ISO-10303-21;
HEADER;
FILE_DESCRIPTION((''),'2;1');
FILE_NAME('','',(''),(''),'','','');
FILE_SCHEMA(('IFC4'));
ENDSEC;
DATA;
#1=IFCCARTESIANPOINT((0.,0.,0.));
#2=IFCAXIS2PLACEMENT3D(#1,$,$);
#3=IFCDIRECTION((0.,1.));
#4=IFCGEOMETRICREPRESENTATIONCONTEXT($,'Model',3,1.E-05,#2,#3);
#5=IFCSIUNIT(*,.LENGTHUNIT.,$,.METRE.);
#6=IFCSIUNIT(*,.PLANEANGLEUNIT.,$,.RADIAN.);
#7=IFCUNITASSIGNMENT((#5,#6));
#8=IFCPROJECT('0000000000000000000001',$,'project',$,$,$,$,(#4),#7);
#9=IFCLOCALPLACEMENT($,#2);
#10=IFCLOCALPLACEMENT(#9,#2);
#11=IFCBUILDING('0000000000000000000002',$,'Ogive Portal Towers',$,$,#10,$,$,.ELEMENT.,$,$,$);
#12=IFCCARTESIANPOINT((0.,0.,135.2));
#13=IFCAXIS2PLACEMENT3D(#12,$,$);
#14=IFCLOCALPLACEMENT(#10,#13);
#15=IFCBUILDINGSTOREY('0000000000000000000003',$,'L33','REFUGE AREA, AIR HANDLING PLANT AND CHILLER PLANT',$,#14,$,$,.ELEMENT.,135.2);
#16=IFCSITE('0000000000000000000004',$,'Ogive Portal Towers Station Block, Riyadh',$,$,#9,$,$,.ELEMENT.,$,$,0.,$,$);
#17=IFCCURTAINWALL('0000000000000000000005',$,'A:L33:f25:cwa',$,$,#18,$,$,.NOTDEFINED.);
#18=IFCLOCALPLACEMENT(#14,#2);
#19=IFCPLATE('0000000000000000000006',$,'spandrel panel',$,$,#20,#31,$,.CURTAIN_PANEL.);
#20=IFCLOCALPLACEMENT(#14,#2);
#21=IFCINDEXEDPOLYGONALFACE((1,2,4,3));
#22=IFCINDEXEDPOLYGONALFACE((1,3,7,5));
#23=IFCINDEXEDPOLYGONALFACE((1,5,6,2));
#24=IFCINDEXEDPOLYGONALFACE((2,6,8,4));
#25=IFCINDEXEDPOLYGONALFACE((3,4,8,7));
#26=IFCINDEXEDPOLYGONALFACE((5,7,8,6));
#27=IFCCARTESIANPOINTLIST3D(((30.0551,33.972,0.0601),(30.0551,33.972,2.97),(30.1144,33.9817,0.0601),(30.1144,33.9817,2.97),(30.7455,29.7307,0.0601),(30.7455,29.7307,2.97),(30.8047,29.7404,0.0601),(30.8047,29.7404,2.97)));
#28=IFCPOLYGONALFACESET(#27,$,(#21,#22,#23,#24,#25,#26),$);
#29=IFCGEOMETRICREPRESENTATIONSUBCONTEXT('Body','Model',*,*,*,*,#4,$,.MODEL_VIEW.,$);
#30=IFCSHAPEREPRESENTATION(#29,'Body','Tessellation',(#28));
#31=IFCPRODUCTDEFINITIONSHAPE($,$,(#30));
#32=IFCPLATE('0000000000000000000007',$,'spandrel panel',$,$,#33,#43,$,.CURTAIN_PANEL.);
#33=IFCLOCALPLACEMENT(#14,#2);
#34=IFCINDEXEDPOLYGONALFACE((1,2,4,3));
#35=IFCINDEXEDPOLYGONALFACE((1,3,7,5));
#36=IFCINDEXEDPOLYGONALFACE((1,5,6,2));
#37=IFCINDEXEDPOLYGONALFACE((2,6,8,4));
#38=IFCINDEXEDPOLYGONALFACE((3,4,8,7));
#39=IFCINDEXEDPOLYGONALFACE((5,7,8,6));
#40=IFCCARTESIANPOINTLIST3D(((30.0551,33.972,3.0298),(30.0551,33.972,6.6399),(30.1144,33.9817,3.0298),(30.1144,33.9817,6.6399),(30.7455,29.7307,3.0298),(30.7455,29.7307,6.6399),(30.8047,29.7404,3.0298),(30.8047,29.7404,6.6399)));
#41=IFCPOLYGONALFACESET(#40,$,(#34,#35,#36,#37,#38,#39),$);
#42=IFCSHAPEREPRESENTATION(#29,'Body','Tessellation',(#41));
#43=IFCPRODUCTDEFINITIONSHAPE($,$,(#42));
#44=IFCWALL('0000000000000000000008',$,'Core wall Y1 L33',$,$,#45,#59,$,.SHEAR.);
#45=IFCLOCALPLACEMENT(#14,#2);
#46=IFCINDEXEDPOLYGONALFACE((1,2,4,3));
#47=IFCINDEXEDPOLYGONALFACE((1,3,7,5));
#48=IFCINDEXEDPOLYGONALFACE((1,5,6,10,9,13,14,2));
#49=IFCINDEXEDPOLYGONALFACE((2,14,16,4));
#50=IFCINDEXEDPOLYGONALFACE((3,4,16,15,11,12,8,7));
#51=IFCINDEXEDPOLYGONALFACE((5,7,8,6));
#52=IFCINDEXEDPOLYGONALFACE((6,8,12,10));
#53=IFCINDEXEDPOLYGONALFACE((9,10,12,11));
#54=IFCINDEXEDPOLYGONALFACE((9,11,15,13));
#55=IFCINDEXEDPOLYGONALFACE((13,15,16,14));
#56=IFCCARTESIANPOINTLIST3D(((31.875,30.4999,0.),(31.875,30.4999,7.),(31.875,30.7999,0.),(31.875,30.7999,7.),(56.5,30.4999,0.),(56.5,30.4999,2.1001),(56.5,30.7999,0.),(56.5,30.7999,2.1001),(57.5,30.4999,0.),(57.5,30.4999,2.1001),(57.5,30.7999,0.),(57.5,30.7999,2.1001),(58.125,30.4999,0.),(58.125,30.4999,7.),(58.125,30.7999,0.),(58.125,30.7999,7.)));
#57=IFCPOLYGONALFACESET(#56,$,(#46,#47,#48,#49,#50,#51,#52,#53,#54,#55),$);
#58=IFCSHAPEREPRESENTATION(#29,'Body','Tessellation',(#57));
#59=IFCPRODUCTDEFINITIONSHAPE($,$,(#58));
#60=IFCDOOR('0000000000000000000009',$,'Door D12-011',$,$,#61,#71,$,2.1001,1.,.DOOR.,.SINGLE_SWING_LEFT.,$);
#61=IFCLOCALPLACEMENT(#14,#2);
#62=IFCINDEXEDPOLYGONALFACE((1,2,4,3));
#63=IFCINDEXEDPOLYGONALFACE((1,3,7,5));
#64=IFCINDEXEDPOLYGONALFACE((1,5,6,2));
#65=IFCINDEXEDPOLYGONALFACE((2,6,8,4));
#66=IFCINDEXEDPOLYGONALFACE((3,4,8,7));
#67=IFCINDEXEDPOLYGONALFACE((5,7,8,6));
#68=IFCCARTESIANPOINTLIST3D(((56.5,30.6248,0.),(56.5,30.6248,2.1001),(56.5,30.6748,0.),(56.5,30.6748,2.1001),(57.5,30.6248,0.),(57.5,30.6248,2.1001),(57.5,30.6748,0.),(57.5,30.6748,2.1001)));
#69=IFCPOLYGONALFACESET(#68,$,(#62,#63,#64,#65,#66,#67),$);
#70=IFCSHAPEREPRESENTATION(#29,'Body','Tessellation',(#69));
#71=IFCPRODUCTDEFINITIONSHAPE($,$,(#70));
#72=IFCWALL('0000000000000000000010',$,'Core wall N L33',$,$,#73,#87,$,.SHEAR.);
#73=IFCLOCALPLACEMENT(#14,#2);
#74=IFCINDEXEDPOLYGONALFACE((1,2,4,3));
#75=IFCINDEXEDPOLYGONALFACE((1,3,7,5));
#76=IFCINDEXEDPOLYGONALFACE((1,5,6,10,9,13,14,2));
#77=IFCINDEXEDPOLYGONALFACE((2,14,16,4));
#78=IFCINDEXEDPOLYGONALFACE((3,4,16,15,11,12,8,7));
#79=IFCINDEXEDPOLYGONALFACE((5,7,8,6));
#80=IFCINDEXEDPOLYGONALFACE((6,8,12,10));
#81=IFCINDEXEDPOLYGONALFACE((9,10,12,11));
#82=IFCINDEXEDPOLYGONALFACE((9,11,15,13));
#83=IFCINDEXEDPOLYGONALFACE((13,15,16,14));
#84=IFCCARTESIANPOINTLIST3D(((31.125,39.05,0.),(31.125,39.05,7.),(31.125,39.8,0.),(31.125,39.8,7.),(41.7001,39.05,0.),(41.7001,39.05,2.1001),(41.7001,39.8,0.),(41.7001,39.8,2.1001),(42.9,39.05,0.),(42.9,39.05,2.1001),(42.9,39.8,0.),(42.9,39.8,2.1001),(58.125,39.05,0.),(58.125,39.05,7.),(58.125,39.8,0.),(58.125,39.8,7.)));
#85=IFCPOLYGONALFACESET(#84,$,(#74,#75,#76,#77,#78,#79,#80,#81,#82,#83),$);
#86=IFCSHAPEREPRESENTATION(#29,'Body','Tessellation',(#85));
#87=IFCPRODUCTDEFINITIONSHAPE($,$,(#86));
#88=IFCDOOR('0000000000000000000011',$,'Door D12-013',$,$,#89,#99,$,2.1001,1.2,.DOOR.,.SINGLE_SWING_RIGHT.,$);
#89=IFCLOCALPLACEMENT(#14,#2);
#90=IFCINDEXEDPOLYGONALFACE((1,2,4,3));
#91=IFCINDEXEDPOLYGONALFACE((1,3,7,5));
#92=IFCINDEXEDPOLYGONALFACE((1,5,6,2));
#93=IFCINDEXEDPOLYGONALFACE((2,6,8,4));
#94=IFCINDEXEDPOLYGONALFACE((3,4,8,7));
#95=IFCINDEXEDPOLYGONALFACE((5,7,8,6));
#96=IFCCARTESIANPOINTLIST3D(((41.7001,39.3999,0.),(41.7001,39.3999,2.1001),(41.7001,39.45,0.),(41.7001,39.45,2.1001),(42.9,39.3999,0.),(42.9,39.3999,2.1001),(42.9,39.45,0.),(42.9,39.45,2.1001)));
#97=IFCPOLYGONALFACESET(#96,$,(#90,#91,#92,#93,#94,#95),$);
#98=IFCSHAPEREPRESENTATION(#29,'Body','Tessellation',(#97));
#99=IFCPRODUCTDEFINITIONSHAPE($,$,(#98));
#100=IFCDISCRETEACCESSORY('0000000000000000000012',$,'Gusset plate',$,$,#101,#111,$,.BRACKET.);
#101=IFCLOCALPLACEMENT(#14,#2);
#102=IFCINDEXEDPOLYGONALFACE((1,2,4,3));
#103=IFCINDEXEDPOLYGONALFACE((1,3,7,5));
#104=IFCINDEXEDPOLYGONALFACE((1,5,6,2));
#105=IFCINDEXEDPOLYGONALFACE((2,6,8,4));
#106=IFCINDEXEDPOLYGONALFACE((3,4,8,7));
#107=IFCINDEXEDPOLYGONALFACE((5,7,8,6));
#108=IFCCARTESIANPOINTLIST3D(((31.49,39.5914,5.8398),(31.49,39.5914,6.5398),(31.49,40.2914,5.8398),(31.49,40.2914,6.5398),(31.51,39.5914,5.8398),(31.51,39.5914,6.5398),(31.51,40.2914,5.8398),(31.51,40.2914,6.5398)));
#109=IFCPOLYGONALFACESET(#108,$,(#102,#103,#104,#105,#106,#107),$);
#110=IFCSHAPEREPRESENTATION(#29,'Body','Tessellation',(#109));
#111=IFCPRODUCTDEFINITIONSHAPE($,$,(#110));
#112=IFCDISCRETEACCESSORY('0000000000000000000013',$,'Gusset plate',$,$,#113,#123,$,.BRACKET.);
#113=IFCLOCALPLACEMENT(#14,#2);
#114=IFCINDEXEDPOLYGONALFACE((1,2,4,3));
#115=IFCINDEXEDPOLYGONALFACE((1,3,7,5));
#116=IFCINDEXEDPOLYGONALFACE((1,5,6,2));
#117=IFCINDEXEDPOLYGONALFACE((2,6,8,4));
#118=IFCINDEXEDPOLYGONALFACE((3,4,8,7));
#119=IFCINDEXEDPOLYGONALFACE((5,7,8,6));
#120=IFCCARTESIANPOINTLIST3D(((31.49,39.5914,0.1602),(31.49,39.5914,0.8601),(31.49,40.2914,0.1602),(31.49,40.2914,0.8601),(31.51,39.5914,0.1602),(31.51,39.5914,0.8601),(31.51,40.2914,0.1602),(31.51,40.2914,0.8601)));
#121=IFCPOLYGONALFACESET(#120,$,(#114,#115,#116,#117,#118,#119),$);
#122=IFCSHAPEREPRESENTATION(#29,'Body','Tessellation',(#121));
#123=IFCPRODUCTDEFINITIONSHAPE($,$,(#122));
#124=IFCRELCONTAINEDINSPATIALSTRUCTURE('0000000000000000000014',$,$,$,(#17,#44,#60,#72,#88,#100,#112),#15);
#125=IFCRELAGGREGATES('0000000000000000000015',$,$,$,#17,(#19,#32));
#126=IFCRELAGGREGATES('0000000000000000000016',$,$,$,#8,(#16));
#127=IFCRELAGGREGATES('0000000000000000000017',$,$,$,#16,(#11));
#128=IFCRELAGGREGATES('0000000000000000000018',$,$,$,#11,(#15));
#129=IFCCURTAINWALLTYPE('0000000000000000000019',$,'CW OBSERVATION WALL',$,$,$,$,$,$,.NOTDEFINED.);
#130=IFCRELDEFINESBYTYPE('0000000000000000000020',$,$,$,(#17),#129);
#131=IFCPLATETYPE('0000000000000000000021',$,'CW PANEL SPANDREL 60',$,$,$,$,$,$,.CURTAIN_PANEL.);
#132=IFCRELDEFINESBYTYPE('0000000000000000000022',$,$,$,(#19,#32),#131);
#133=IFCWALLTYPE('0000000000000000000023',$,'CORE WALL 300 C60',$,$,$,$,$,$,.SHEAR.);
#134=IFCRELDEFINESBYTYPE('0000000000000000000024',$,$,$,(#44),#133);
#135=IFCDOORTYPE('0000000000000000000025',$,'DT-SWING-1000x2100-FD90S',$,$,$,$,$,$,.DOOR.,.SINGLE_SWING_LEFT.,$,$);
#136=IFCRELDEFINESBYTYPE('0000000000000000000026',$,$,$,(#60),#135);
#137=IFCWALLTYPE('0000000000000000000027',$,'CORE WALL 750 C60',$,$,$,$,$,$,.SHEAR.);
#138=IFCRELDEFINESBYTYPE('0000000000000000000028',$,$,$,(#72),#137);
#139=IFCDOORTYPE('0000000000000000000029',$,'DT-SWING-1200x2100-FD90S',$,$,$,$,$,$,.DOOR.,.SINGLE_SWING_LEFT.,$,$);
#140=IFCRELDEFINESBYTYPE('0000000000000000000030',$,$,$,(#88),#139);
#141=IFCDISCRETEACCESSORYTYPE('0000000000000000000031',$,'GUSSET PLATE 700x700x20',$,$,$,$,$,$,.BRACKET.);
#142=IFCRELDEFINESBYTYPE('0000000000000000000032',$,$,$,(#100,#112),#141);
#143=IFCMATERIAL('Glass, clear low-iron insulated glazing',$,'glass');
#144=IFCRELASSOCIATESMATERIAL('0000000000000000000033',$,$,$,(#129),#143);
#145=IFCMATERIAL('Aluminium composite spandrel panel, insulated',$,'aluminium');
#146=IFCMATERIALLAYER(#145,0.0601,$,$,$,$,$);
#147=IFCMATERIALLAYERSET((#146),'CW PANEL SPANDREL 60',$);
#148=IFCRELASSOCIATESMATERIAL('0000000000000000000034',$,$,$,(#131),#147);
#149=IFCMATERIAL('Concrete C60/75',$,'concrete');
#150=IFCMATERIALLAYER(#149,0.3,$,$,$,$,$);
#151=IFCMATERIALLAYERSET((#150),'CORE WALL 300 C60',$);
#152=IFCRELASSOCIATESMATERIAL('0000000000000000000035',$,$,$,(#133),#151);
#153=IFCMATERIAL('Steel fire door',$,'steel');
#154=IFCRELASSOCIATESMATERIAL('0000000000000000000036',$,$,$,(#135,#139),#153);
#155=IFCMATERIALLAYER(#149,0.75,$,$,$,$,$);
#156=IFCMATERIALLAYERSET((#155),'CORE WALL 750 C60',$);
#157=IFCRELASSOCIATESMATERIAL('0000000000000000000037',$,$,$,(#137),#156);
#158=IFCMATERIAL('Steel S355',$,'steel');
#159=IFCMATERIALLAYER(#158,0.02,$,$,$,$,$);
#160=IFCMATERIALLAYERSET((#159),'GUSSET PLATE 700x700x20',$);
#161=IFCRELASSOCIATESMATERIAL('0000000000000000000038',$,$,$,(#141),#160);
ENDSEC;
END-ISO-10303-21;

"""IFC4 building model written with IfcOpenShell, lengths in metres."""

from ifc_helpers import new_model, si_unit, direction, frame, frame_2d, origin, origin_2d, place, context, subcontext, project, spatial, rectangle, extrude, material, layer, layer_set, type_object, element, fill, aggregate, save


model = new_model("IFC4")

# Units and contexts
model_context = context("Model", 3, precision=1e-05, world=origin(), true_north=direction((0.0, 1.0)))
body_context = subcontext(model_context, "Body", "Model", "MODEL_VIEW")
ifc_project = project(units=[si_unit("LENGTHUNIT", "METRE"), si_unit("PLANEANGLEUNIT", "RADIAN")], contexts=[model_context])

# Site, building, storey
site_placement = place(None, origin())
site = spatial("IfcSite", under=ifc_project, at=site_placement, Name="Ogive Portal Towers Station Block, Riyadh", CompositionType="ELEMENT", RefElevation=0.0)
building_placement = place(site_placement, origin())
building = spatial("IfcBuilding", under=site, at=building_placement, Name="Ogive Portal Towers", CompositionType="ELEMENT")
storey_placement = place(building_placement, frame((0.0, 0.0, 135.2)))
storey = spatial("IfcBuildingStorey", under=building, at=storey_placement, Name="L33", Description="REFUGE AREA, AIR HANDLING PLANT AND CHILLER PLANT", CompositionType="ELEMENT", Elevation=135.2)

# Shared definitions
ifc_material_1 = material(Name="Glass, clear low-iron insulated glazing", Category="glass")
curtain_wall_type = type_object("IfcCurtainWallType", Name="CW OBSERVATION WALL", PredefinedType="NOTDEFINED", material=ifc_material_1)

# Curtain wall
curtain_wall_1_placement = place(storey_placement, origin())
curtain_wall_1 = element("IfcCurtainWall", 1, at=curtain_wall_1_placement, inside=storey, type_object=curtain_wall_type, Name="A:L33:f25:cwa", PredefinedType="NOTDEFINED")

# Plates
ifc_material_2 = material(Name="Aluminium composite spandrel panel, insulated", Category="aluminium")
ifc_layer_1 = layer(ifc_material_2, 0.0601)
ifc_layer_set_1 = layer_set([ifc_layer_1], Name="CW PANEL SPANDREL 60")
plate_type_1 = type_object("IfcPlateType", Name="CW PANEL SPANDREL 60", PredefinedType="CURTAIN_PANEL", material=ifc_layer_set_1)
plate_1_placement = place(storey_placement, frame((30.4299, 31.8562, 0.0601), z_axis=(0.0, 0.0, 1.0), x_axis=(0.160655, -0.987011, 0.0)))
plate_1 = element("IfcPlate", 2, at=plate_1_placement, type_object=plate_type_1, Name="spandrel panel", PredefinedType="CURTAIN_PANEL", context=body_context, shape_type="SweptSolid", body=[
    extrude(rectangle(XDim=4.2971, YDim=0.0601, at=origin_2d()), origin(), (0.0, 0.0, 1.0), 2.9099),
])
plate_2_placement = place(storey_placement, frame((30.4299, 31.8562, 3.0298), z_axis=(0.0, 0.0, 1.0), x_axis=(0.160655, -0.987011, 0.0)))
plate_2 = element("IfcPlate", 3, at=plate_2_placement, type_object=plate_type_1, Name="spandrel panel", PredefinedType="CURTAIN_PANEL", context=body_context, shape_type="SweptSolid", body=[
    extrude(rectangle(XDim=4.2971, YDim=0.0601, at=origin_2d()), origin(), (0.0, 0.0, 1.0), 3.6101),
])
aggregate(curtain_wall_1, [plate_1, plate_2])

# Walls, openings, doors
ifc_material_3 = material(Name="Concrete C60/75", Category="concrete")
ifc_layer_2 = layer(ifc_material_3, 0.3)
ifc_layer_set_2 = layer_set([ifc_layer_2], Name="CORE WALL 300 C60")
wall_type_1 = type_object("IfcWallType", Name="CORE WALL 300 C60", PredefinedType="SHEAR", material=ifc_layer_set_2)
wall_1_placement = place(storey_placement, frame((31.875, 30.6499, 0.0), z_axis=(0.0, 0.0, 1.0), x_axis=(1.0, 0.0, 0.0)))
wall_1 = element("IfcWall", 4, at=wall_1_placement, inside=storey, type_object=wall_type_1, Name="Core wall Y1 L33", PredefinedType="SHEAR", context=body_context, shape_type="SweptSolid", body=[
    extrude(rectangle(XDim=26.25, YDim=0.3, at=frame_2d((13.125, 0.0))), origin(), (0.0, 0.0, 1.0), 7.0),
])
opening_1_placement = place(wall_1_placement, frame((24.625, 0.0, 0.0)))
opening_1 = element("IfcOpeningElement", 5, at=opening_1_placement, cuts=wall_1, PredefinedType="OPENING", context=body_context, shape_type="SweptSolid", body=[
    extrude(rectangle(XDim=1.0, YDim=2.1001, at=frame_2d((0.5, 1.05))), frame((0.0, 0.1602, 0.0), z_axis=(0.0, -1.0, 0.0), x_axis=(1.0, 0.0, 0.0)), (0.0, 0.0, 1.0), 0.3201),
])
ifc_material_4 = material(Name="Steel fire door", Category="steel")
door_type_1 = type_object("IfcDoorType", Name="DT-SWING-1000x2100-FD90S", OperationType="SINGLE_SWING_LEFT", PredefinedType="DOOR", material=ifc_material_4)
door_1_placement = place(opening_1_placement, origin())
door_1 = element("IfcDoor", 6, at=door_1_placement, inside=storey, type_object=door_type_1, Name="Door D12-011", OperationType="SINGLE_SWING_LEFT", OverallHeight=2.1001, OverallWidth=1.0, PredefinedType="DOOR", context=body_context, shape_type="SweptSolid", body=[
    extrude(rectangle(XDim=1.0, YDim=2.1001, at=frame_2d((0.5, 1.05))), frame((0.0, 0.0249, 0.0), z_axis=(0.0, -1.0, 0.0), x_axis=(1.0, 0.0, 0.0)), (0.0, 0.0, 1.0), 0.05),
])
fill(opening_1, door_1)
ifc_layer_3 = layer(ifc_material_3, 0.75)
ifc_layer_set_3 = layer_set([ifc_layer_3], Name="CORE WALL 750 C60")
wall_type_2 = type_object("IfcWallType", Name="CORE WALL 750 C60", PredefinedType="SHEAR", material=ifc_layer_set_3)
wall_2_placement = place(storey_placement, frame((31.125, 39.425, 0.0), z_axis=(0.0, 0.0, 1.0), x_axis=(1.0, 0.0, 0.0)))
wall_2 = element("IfcWall", 7, at=wall_2_placement, inside=storey, type_object=wall_type_2, Name="Core wall N L33", PredefinedType="SHEAR", context=body_context, shape_type="SweptSolid", body=[
    extrude(rectangle(XDim=27.0, YDim=0.75, at=frame_2d((13.5, 0.0))), origin(), (0.0, 0.0, 1.0), 7.0),
])
opening_2_placement = place(wall_2_placement, frame((10.575, 0.0, 0.0)))
opening_2 = element("IfcOpeningElement", 8, at=opening_2_placement, cuts=wall_2, PredefinedType="OPENING", context=body_context, shape_type="SweptSolid", body=[
    extrude(rectangle(XDim=1.2, YDim=2.1001, at=frame_2d((0.6001, 1.05))), frame((0.0, 0.385, 0.0), z_axis=(0.0, -1.0, 0.0), x_axis=(1.0, 0.0, 0.0)), (0.0, 0.0, 1.0), 0.77),
])
door_type_2 = type_object("IfcDoorType", Name="DT-SWING-1200x2100-FD90S", OperationType="SINGLE_SWING_LEFT", PredefinedType="DOOR", material=ifc_material_4)
door_2_placement = place(opening_2_placement, origin())
door_2 = element("IfcDoor", 9, at=door_2_placement, inside=storey, type_object=door_type_2, Name="Door D12-013", OperationType="SINGLE_SWING_RIGHT", OverallHeight=2.1001, OverallWidth=1.2, PredefinedType="DOOR", context=body_context, shape_type="SweptSolid", body=[
    extrude(rectangle(XDim=1.2, YDim=2.1001, at=frame_2d((0.6001, 1.05))), frame((0.0, 0.0249, 0.0), z_axis=(0.0, -1.0, 0.0), x_axis=(1.0, 0.0, 0.0)), (0.0, 0.0, 1.0), 0.05),
])
fill(opening_2, door_2)

# Discrete accessories
ifc_material_5 = material(Name="Steel S355", Category="steel")
ifc_layer_4 = layer(ifc_material_5, 0.02)
ifc_layer_set_4 = layer_set([ifc_layer_4], Name="GUSSET PLATE 700x700x20")
discrete_accessory_type = type_object("IfcDiscreteAccessoryType", Name="GUSSET PLATE 700x700x20", PredefinedType="BRACKET", material=ifc_layer_set_4)
for number, where, z_axis, x_axis, name in (
    (10, (31.5, 39.9414, 5.8398), (0.0, 0.0, 1.0), (0.0, -1.0, 0.0), "Gusset plate"),
    (11, (31.5, 39.9414, 0.1602), (0.0, 0.0, 1.0), (0.0, -1.0, 0.0), "Gusset plate"),
):
    element("IfcDiscreteAccessory", number, at=place(storey_placement, frame(where, z_axis=z_axis, x_axis=x_axis)), inside=storey, type_object=discrete_accessory_type, Name=name, PredefinedType="BRACKET", context=body_context, shape_type="SweptSolid", body=[
        extrude(rectangle(XDim=0.7, YDim=0.02, at=origin_2d()), origin(), (0.0, 0.0, 1.0), 0.7),
    ])

save(model, "model.ifc")
